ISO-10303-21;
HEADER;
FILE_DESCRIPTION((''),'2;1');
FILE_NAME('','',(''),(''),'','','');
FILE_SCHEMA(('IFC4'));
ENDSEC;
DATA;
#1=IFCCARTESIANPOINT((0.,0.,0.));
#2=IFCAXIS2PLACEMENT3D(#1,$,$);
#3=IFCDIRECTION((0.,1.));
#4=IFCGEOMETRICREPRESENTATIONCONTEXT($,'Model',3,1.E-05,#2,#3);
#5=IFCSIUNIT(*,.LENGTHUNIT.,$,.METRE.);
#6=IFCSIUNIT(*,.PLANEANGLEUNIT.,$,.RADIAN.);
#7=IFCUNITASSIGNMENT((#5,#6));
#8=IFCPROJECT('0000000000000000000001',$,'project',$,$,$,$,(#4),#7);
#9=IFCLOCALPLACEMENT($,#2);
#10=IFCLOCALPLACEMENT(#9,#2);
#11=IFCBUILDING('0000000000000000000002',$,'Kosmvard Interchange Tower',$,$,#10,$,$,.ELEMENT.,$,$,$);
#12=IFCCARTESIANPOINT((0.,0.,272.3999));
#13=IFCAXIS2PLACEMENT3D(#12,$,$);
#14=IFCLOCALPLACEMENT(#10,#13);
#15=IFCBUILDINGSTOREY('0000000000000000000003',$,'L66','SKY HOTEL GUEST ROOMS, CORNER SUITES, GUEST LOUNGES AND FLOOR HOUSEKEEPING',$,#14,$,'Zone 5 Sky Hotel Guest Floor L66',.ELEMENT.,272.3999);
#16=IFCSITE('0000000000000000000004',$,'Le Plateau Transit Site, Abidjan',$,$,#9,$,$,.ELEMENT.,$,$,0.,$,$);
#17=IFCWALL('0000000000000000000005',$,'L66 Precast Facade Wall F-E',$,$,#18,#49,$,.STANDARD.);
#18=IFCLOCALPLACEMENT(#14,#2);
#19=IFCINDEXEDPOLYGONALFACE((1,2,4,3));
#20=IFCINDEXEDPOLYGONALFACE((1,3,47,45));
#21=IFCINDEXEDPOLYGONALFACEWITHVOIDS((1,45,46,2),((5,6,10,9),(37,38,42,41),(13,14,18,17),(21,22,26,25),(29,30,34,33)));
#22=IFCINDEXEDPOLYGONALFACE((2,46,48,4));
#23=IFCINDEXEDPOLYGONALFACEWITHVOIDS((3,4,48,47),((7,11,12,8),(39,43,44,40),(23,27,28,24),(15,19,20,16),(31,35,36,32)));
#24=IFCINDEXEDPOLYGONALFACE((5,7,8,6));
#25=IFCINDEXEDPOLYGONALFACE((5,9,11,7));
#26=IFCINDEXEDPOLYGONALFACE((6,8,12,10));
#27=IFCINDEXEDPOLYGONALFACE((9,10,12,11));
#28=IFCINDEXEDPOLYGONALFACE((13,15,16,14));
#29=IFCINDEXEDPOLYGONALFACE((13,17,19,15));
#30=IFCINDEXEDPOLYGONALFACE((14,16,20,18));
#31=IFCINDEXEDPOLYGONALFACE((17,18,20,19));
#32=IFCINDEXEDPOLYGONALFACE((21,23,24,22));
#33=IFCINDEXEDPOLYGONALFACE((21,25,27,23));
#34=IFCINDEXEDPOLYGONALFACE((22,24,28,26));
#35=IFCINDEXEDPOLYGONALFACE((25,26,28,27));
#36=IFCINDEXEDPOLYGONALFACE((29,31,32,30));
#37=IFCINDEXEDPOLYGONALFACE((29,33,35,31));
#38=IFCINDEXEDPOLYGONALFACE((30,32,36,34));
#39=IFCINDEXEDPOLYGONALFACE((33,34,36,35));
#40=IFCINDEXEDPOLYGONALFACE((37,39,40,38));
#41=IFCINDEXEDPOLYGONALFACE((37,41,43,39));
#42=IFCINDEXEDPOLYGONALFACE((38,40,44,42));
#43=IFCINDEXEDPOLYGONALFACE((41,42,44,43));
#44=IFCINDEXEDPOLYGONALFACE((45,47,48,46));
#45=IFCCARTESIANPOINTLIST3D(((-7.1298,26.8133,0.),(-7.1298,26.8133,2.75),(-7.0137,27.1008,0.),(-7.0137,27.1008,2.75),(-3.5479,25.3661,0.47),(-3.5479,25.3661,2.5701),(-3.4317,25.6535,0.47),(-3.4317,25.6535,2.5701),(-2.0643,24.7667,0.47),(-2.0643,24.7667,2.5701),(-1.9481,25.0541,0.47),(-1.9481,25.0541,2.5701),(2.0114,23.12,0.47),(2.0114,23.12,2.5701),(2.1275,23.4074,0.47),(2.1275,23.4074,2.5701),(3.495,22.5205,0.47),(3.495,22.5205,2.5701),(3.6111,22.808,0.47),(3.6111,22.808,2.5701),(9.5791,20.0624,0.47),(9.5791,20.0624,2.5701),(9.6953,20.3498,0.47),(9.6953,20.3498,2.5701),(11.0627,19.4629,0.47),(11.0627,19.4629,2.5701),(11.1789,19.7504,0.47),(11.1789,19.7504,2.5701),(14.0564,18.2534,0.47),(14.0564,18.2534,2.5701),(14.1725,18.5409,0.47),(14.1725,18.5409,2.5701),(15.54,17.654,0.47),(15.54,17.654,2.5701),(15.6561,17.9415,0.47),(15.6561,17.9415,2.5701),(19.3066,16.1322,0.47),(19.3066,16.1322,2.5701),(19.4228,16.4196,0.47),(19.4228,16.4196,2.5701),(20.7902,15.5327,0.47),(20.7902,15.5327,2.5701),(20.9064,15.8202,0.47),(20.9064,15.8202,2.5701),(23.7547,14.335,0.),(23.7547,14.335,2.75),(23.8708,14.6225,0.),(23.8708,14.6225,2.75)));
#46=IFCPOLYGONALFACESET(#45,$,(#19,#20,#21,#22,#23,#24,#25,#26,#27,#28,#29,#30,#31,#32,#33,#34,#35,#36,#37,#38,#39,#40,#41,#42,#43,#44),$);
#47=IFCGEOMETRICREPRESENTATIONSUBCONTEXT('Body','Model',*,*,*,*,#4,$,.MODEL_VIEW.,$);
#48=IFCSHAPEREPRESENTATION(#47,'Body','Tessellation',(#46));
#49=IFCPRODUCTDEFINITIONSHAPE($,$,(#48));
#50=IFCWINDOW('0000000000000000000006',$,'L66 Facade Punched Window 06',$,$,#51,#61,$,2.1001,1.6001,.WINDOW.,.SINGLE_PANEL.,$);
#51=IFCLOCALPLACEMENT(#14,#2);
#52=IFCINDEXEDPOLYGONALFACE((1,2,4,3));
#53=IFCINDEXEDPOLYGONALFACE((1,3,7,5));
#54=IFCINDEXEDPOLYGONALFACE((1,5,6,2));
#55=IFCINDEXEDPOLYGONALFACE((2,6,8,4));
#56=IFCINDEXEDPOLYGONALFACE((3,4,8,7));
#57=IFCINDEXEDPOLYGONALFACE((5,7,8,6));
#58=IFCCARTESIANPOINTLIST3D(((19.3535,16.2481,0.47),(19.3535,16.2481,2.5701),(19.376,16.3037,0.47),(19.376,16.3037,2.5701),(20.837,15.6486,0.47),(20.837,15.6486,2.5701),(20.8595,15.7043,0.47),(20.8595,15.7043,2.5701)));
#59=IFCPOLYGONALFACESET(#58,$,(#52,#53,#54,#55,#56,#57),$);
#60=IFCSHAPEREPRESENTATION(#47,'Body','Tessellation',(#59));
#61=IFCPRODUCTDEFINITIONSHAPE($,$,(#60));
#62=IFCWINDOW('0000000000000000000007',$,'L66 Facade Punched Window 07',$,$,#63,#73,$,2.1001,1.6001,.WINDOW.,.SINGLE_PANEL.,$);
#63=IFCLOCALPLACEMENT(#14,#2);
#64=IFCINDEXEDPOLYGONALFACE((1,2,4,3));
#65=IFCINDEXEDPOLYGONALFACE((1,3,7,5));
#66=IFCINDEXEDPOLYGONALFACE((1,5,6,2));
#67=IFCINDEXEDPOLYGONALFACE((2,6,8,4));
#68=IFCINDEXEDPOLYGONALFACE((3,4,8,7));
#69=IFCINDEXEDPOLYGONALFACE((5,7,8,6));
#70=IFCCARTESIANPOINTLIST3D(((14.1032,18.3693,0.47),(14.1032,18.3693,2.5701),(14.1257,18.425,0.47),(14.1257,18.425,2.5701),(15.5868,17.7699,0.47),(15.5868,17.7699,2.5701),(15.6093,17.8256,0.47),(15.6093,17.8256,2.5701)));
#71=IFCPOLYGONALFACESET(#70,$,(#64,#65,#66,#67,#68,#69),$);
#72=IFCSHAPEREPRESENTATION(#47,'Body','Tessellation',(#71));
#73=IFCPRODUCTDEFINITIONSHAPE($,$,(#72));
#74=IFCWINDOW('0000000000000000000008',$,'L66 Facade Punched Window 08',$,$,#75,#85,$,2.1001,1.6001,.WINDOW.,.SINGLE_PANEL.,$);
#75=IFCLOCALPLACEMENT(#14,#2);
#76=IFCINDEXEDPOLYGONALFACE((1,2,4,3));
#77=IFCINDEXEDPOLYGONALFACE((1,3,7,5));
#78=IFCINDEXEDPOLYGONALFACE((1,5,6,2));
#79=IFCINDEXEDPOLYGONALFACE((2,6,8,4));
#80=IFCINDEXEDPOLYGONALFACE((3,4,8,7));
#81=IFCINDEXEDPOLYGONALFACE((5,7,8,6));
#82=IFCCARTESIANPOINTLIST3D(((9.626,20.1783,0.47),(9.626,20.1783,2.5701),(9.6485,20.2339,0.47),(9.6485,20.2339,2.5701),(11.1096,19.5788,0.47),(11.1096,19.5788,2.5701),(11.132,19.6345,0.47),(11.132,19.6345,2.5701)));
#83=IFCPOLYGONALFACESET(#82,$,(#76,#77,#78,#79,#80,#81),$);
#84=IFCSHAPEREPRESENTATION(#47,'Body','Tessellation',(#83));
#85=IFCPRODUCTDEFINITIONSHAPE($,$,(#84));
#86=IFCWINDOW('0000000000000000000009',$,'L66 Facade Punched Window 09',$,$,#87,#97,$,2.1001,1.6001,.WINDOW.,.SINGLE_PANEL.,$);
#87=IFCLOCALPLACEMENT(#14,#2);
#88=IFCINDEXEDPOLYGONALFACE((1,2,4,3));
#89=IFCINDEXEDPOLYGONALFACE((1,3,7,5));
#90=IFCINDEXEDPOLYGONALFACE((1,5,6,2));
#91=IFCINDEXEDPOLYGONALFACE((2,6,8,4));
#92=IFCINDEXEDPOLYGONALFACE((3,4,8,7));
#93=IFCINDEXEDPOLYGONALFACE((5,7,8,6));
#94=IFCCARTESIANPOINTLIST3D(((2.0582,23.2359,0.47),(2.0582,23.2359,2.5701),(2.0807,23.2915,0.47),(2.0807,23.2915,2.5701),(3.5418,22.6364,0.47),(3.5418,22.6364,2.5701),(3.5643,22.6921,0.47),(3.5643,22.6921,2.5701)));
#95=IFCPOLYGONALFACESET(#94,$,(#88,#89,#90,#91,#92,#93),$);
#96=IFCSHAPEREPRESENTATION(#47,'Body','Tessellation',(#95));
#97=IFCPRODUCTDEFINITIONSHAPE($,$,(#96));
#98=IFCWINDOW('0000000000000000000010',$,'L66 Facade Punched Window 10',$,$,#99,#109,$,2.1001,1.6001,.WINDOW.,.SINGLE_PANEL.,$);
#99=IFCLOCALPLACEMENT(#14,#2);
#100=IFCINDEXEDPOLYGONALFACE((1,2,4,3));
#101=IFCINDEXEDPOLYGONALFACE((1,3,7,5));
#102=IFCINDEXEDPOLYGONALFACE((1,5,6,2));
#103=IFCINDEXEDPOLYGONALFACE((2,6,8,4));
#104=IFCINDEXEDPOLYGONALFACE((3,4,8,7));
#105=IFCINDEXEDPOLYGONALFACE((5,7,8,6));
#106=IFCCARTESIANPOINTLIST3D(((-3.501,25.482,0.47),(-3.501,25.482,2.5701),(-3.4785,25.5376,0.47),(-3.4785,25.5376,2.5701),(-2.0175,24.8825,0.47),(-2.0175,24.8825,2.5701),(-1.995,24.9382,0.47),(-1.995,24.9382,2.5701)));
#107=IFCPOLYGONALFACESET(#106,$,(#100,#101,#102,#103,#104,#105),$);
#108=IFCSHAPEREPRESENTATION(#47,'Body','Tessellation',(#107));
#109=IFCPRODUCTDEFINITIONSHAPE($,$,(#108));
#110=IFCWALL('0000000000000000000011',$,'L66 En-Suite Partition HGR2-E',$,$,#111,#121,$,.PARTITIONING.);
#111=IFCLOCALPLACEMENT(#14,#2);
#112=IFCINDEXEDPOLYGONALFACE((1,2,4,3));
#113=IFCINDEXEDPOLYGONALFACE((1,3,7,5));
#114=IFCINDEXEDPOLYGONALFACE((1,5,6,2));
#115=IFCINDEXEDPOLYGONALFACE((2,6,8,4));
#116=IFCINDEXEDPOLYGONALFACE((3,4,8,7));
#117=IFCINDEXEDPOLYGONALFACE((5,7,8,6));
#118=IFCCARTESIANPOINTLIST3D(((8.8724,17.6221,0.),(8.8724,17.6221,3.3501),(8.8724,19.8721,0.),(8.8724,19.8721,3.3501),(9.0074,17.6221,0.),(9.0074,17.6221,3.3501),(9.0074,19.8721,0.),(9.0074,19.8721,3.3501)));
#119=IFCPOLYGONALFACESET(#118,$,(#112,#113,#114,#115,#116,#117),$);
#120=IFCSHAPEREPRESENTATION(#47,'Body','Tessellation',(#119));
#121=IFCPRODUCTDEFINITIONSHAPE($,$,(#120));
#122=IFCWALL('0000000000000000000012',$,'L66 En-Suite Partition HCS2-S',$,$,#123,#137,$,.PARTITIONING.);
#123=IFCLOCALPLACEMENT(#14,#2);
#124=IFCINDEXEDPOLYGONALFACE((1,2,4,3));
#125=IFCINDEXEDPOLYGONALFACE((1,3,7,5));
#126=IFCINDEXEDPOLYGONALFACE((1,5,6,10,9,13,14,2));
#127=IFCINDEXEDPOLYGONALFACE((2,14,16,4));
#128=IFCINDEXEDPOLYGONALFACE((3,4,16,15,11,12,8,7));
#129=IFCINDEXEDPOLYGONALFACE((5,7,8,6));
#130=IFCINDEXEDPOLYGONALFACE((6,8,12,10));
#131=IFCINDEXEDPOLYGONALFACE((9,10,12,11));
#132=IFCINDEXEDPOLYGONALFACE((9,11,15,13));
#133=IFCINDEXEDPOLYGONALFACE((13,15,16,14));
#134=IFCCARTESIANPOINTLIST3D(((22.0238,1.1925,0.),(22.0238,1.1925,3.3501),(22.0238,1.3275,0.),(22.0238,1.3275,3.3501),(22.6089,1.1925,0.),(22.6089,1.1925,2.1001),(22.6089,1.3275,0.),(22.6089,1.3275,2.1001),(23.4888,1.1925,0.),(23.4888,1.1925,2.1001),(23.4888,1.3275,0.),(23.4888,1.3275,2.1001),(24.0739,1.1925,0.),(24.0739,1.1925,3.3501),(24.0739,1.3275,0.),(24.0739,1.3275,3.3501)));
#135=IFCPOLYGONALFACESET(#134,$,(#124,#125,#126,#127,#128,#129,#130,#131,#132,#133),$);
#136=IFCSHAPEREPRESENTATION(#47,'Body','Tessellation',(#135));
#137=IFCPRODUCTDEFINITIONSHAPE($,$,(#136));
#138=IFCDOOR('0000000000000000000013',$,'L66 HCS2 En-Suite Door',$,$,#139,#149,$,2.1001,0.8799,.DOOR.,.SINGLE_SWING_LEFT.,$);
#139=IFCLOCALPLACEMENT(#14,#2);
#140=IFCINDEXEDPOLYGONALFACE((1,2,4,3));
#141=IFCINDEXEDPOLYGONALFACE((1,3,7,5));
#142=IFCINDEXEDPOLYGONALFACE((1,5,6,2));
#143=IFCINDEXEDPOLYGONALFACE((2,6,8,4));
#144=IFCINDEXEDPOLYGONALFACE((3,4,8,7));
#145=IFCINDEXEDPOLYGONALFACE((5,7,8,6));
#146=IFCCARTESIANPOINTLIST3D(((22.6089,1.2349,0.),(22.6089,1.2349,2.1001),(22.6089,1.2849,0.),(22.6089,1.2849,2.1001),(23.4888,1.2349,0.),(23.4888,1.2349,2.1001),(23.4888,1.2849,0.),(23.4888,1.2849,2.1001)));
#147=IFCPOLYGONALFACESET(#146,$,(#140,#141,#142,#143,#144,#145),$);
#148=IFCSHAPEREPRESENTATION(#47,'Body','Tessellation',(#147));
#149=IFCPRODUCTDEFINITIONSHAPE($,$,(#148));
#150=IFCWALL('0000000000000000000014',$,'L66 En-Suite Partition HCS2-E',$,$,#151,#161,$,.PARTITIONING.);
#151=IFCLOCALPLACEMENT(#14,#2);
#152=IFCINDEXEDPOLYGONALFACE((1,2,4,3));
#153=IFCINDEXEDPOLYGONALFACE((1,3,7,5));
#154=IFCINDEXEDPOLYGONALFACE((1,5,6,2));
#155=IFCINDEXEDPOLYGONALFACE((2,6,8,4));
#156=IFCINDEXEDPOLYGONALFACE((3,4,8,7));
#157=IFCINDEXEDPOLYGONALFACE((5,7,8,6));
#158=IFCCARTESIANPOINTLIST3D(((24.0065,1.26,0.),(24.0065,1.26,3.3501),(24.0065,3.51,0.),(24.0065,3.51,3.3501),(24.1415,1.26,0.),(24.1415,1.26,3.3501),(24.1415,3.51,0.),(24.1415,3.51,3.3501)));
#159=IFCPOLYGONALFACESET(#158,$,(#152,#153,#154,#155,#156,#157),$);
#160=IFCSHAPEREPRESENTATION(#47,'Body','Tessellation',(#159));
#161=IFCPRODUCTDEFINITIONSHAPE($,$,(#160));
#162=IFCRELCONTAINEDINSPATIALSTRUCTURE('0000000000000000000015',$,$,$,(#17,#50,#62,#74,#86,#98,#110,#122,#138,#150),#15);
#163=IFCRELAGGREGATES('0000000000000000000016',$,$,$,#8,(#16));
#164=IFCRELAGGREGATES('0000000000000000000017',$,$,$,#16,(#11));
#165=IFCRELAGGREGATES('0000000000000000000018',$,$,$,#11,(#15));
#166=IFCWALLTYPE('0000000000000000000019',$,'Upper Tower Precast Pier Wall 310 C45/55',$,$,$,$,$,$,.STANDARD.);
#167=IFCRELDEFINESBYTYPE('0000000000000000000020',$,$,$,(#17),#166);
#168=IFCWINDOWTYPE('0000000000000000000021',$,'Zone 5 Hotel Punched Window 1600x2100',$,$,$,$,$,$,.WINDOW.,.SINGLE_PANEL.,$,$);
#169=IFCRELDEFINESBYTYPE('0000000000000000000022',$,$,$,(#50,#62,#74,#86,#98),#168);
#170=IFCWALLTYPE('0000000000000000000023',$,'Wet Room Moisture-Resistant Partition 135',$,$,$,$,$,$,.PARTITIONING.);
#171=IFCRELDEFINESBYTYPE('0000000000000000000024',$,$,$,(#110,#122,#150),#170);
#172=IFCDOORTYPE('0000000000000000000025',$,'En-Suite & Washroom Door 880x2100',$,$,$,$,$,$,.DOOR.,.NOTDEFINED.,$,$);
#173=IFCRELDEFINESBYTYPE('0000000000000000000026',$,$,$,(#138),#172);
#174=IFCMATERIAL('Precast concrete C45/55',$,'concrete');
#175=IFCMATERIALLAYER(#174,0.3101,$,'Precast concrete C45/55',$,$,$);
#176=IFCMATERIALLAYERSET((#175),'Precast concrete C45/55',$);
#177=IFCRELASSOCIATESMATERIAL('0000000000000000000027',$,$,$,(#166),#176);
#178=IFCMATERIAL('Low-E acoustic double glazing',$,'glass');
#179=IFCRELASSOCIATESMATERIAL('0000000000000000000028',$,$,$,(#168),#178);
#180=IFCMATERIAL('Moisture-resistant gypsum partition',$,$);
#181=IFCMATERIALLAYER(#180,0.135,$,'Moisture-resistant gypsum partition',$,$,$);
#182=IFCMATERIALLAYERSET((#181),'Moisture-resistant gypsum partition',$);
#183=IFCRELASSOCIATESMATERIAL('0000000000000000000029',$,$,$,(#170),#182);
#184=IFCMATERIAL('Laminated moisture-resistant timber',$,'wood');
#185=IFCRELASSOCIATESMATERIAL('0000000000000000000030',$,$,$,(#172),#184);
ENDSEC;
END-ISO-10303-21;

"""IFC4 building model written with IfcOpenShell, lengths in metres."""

from ifc_helpers import new_model, si_unit, direction, frame, frame_2d, origin, place, context, subcontext, project, spatial, rectangle, extrude, source, transform, mapped, material, layer, layer_set, type_object, element, fill, save


model = new_model("IFC4")

# Units and contexts
model_context = context("Model", 3, precision=1e-05, world=origin(), true_north=direction((0.0, 1.0)))
body_context = subcontext(model_context, "Body", "Model", "MODEL_VIEW")
ifc_project = project(units=[si_unit("LENGTHUNIT", "METRE"), si_unit("PLANEANGLEUNIT", "RADIAN")], contexts=[model_context])

# Site, building, storey
site_placement = place(None, origin())
site = spatial("IfcSite", under=ifc_project, at=site_placement, Name="Le Plateau Transit Site, Abidjan", CompositionType="ELEMENT", RefElevation=0.0)
building_placement = place(site_placement, origin())
building = spatial("IfcBuilding", under=site, at=building_placement, Name="Kosmvard Interchange Tower", CompositionType="ELEMENT")
storey_placement = place(building_placement, frame((0.0, 0.0, 272.3999)))
storey = spatial("IfcBuildingStorey", under=building, at=storey_placement, Name="L66", Description="SKY HOTEL GUEST ROOMS, CORNER SUITES, GUEST LOUNGES AND FLOOR HOUSEKEEPING", LongName="Zone 5 Sky Hotel Guest Floor L66", CompositionType="ELEMENT", Elevation=272.3999)

# Shared definitions
ifc_material_1 = material(Name="Precast concrete C45/55", Category="concrete")

# Shared definitions
ifc_layer_1 = layer(ifc_material_1, 0.3101, Name="Precast concrete C45/55")
ifc_layer_set_1 = layer_set([ifc_layer_1], Name="Precast concrete C45/55")
wall_type_1 = type_object("IfcWallType", Name="Upper Tower Precast Pier Wall 310 C45/55", PredefinedType="STANDARD", material=ifc_layer_set_1)

# Shared definitions
ifc_material_2 = material(Name="Low-E acoustic double glazing", Category="glass")
window_type = type_object("IfcWindowType", Name="Zone 5 Hotel Punched Window 1600x2100", PartitioningType="SINGLE_PANEL", PredefinedType="WINDOW", material=ifc_material_2)
shared_shape_1 = source(origin(), body_context, "Body", "SweptSolid", [
    extrude(rectangle(XDim=1.6001, YDim=2.1001, at=frame_2d((0.8, 1.05))), frame((0.0, 0.03, 0.0), z_axis=(0.0, -1.0, 0.0), x_axis=(1.0, 0.0, 0.0)), (0.0, 0.0, 1.0), 0.0601),
])

# Wall, openings, windows
wall_1_placement = place(storey_placement, frame((23.8127, 14.4788, 0.0), z_axis=(0.0, 0.0, 1.0), x_axis=(-0.927183, 0.37461, 0.0)))
wall_1 = element("IfcWall", 1, at=wall_1_placement, inside=storey, type_object=wall_type_1, Name="L66 Precast Facade Wall F-E", PredefinedType="STANDARD", context=body_context, shape_type="SweptSolid", body=[
    extrude(rectangle(XDim=33.3101, YDim=0.3101, at=frame_2d((16.655, 0.0))), origin(), (0.0, 0.0, 1.0), 2.75),
])
opening_1_placement = place(wall_1_placement, frame((3.1973, 0.0, 0.47)))
opening_1 = element("IfcOpeningElement", 2, at=opening_1_placement, cuts=wall_1, PredefinedType="OPENING", context=body_context, shape_type="SweptSolid", body=[
    extrude(rectangle(XDim=1.6001, YDim=2.1001, at=frame_2d((0.8, 1.05))), frame((0.0, 0.165, 0.0), z_axis=(0.0, -1.0, 0.0), x_axis=(1.0, 0.0, 0.0)), (0.0, 0.0, 1.0), 0.3301),
])
opening_2_placement = place(wall_1_placement, frame((8.8599, 0.0, 0.47)))
opening_2 = element("IfcOpeningElement", 3, at=opening_2_placement, cuts=wall_1, PredefinedType="OPENING", context=body_context, shape_type="SweptSolid", body=[
    extrude(rectangle(XDim=1.6001, YDim=2.1001, at=frame_2d((0.8, 1.05))), frame((0.0, 0.165, 0.0), z_axis=(0.0, -1.0, 0.0), x_axis=(1.0, 0.0, 0.0)), (0.0, 0.0, 1.0), 0.3301),
])
opening_3_placement = place(wall_1_placement, frame((13.6887, 0.0, 0.47)))
opening_3 = element("IfcOpeningElement", 4, at=opening_3_placement, cuts=wall_1, PredefinedType="OPENING", context=body_context, shape_type="SweptSolid", body=[
    extrude(rectangle(XDim=1.6001, YDim=2.1001, at=frame_2d((0.8, 1.05))), frame((0.0, 0.165, 0.0), z_axis=(0.0, -1.0, 0.0), x_axis=(1.0, 0.0, 0.0)), (0.0, 0.0, 1.0), 0.3301),
])
opening_4_placement = place(wall_1_placement, frame((21.8508, 0.0, 0.47)))
opening_4 = element("IfcOpeningElement", 5, at=opening_4_placement, cuts=wall_1, PredefinedType="OPENING", context=body_context, shape_type="SweptSolid", body=[
    extrude(rectangle(XDim=1.6001, YDim=2.1001, at=frame_2d((0.8, 1.05))), frame((0.0, 0.165, 0.0), z_axis=(0.0, -1.0, 0.0), x_axis=(1.0, 0.0, 0.0)), (0.0, 0.0, 1.0), 0.3301),
])
opening_5_placement = place(wall_1_placement, frame((27.8467, 0.0, 0.47)))
opening_5 = element("IfcOpeningElement", 6, at=opening_5_placement, cuts=wall_1, PredefinedType="OPENING", context=body_context, shape_type="SweptSolid", body=[
    extrude(rectangle(XDim=1.6001, YDim=2.1001, at=frame_2d((0.8, 1.05))), frame((0.0, 0.165, 0.0), z_axis=(0.0, -1.0, 0.0), x_axis=(1.0, 0.0, 0.0)), (0.0, 0.0, 1.0), 0.3301),
])
window_1_placement = place(opening_1_placement, origin())
window_1 = element("IfcWindow", 7, at=window_1_placement, inside=storey, type_object=window_type, Name="L66 Facade Punched Window 06", OverallHeight=2.1001, OverallWidth=1.6001, PartitioningType="SINGLE_PANEL", PredefinedType="WINDOW", context=body_context, shape_type="MappedRepresentation", body=[
    mapped(shared_shape_1, transform((0.0, 0.0, 0.0), scale=1.0)),
])
fill(opening_1, window_1)
window_2_placement = place(opening_2_placement, origin())
window_2 = element("IfcWindow", 8, at=window_2_placement, inside=storey, type_object=window_type, Name="L66 Facade Punched Window 07", OverallHeight=2.1001, OverallWidth=1.6001, PartitioningType="SINGLE_PANEL", PredefinedType="WINDOW", context=body_context, shape_type="MappedRepresentation", body=[
    mapped(shared_shape_1, transform((0.0, 0.0, 0.0), scale=1.0)),
])
fill(opening_2, window_2)
window_3_placement = place(opening_3_placement, origin())
window_3 = element("IfcWindow", 9, at=window_3_placement, inside=storey, type_object=window_type, Name="L66 Facade Punched Window 08", OverallHeight=2.1001, OverallWidth=1.6001, PartitioningType="SINGLE_PANEL", PredefinedType="WINDOW", context=body_context, shape_type="MappedRepresentation", body=[
    mapped(shared_shape_1, transform((0.0, 0.0, 0.0), scale=1.0)),
])
fill(opening_3, window_3)
window_4_placement = place(opening_4_placement, origin())
window_4 = element("IfcWindow", 10, at=window_4_placement, inside=storey, type_object=window_type, Name="L66 Facade Punched Window 09", OverallHeight=2.1001, OverallWidth=1.6001, PartitioningType="SINGLE_PANEL", PredefinedType="WINDOW", context=body_context, shape_type="MappedRepresentation", body=[
    mapped(shared_shape_1, transform((0.0, 0.0, 0.0), scale=1.0)),
])
fill(opening_4, window_4)
window_5_placement = place(opening_5_placement, origin())
window_5 = element("IfcWindow", 11, at=window_5_placement, inside=storey, type_object=window_type, Name="L66 Facade Punched Window 10", OverallHeight=2.1001, OverallWidth=1.6001, PartitioningType="SINGLE_PANEL", PredefinedType="WINDOW", context=body_context, shape_type="MappedRepresentation", body=[
    mapped(shared_shape_1, transform((0.0, 0.0, 0.0), scale=1.0)),
])
fill(opening_5, window_5)

# Wall
ifc_material_3 = material(Name="Moisture-resistant gypsum partition")
ifc_layer_2 = layer(ifc_material_3, 0.135, Name="Moisture-resistant gypsum partition")
ifc_layer_set_2 = layer_set([ifc_layer_2], Name="Moisture-resistant gypsum partition")
wall_type_2 = type_object("IfcWallType", Name="Wet Room Moisture-Resistant Partition 135", PredefinedType="PARTITIONING", material=ifc_layer_set_2)
wall_2_placement = place(storey_placement, frame((8.9399, 17.6221, 0.0), z_axis=(0.0, 0.0, 1.0), x_axis=(0.0, 1.0, 0.0)))
element("IfcWall", 12, at=wall_2_placement, inside=storey, type_object=wall_type_2, Name="L66 En-Suite Partition HGR2-E", PredefinedType="PARTITIONING", context=body_context, shape_type="SweptSolid", body=[
    extrude(rectangle(XDim=2.25, YDim=0.135, at=frame_2d((1.125, 0.0))), origin(), (0.0, 0.0, 1.0), 3.3501),
])

# Wall, opening, door
wall_3_placement = place(storey_placement, frame((22.0239, 1.26, 0.0), z_axis=(0.0, 0.0, 1.0), x_axis=(1.0, 0.0, 0.0)))
wall_3 = element("IfcWall", 13, at=wall_3_placement, inside=storey, type_object=wall_type_2, Name="L66 En-Suite Partition HCS2-S", PredefinedType="PARTITIONING", context=body_context, shape_type="SweptSolid", body=[
    extrude(rectangle(XDim=2.05, YDim=0.135, at=frame_2d((1.0249, 0.0))), origin(), (0.0, 0.0, 1.0), 3.3501),
])
opening_6_placement = place(wall_3_placement, frame((0.585, 0.0, 0.0)))
opening_6 = element("IfcOpeningElement", 14, at=opening_6_placement, cuts=wall_3, PredefinedType="OPENING", context=body_context, shape_type="SweptSolid", body=[
    extrude(rectangle(XDim=0.8799, YDim=2.1001, at=frame_2d((0.4399, 1.05))), frame((0.0, 0.0776, 0.0), z_axis=(0.0, -1.0, 0.0), x_axis=(1.0, 0.0, 0.0)), (0.0, 0.0, 1.0), 0.155),
])
ifc_material_4 = material(Name="Laminated moisture-resistant timber", Category="wood")
door_type = type_object("IfcDoorType", Name="En-Suite & Washroom Door 880x2100", OperationType="NOTDEFINED", PredefinedType="DOOR", material=ifc_material_4)
shared_shape_2 = source(origin(), body_context, "Body", "SweptSolid", [
    extrude(rectangle(XDim=0.8799, YDim=2.1001, at=frame_2d((0.4399, 1.05))), frame((0.0, 0.0249, 0.0), z_axis=(0.0, -1.0, 0.0), x_axis=(1.0, 0.0, 0.0)), (0.0, 0.0, 1.0), 0.05),
])
door_placement = place(opening_6_placement, origin())
door = element("IfcDoor", 15, at=door_placement, inside=storey, type_object=door_type, Name="L66 HCS2 En-Suite Door", OperationType="SINGLE_SWING_LEFT", OverallHeight=2.1001, OverallWidth=0.8799, PredefinedType="DOOR", context=body_context, shape_type="MappedRepresentation", body=[
    mapped(shared_shape_2, transform((0.0, 0.0, 0.0), scale=1.0)),
])
fill(opening_6, door)

# Wall
for number, where, z_axis, x_axis, name in (
    (16, (24.074, 1.26, 0.0), (0.0, 0.0, 1.0), (0.0, 1.0, 0.0), "L66 En-Suite Partition HCS2-E"),
):
    element("IfcWall", number, at=place(storey_placement, frame(where, z_axis=z_axis, x_axis=x_axis)), inside=storey, type_object=wall_type_2, Name=name, PredefinedType="PARTITIONING", context=body_context, shape_type="SweptSolid", body=[
        extrude(rectangle(XDim=2.25, YDim=0.135, at=frame_2d((1.125, 0.0))), origin(), (0.0, 0.0, 1.0), 3.3501),
    ])

save(model, "model.ifc")
